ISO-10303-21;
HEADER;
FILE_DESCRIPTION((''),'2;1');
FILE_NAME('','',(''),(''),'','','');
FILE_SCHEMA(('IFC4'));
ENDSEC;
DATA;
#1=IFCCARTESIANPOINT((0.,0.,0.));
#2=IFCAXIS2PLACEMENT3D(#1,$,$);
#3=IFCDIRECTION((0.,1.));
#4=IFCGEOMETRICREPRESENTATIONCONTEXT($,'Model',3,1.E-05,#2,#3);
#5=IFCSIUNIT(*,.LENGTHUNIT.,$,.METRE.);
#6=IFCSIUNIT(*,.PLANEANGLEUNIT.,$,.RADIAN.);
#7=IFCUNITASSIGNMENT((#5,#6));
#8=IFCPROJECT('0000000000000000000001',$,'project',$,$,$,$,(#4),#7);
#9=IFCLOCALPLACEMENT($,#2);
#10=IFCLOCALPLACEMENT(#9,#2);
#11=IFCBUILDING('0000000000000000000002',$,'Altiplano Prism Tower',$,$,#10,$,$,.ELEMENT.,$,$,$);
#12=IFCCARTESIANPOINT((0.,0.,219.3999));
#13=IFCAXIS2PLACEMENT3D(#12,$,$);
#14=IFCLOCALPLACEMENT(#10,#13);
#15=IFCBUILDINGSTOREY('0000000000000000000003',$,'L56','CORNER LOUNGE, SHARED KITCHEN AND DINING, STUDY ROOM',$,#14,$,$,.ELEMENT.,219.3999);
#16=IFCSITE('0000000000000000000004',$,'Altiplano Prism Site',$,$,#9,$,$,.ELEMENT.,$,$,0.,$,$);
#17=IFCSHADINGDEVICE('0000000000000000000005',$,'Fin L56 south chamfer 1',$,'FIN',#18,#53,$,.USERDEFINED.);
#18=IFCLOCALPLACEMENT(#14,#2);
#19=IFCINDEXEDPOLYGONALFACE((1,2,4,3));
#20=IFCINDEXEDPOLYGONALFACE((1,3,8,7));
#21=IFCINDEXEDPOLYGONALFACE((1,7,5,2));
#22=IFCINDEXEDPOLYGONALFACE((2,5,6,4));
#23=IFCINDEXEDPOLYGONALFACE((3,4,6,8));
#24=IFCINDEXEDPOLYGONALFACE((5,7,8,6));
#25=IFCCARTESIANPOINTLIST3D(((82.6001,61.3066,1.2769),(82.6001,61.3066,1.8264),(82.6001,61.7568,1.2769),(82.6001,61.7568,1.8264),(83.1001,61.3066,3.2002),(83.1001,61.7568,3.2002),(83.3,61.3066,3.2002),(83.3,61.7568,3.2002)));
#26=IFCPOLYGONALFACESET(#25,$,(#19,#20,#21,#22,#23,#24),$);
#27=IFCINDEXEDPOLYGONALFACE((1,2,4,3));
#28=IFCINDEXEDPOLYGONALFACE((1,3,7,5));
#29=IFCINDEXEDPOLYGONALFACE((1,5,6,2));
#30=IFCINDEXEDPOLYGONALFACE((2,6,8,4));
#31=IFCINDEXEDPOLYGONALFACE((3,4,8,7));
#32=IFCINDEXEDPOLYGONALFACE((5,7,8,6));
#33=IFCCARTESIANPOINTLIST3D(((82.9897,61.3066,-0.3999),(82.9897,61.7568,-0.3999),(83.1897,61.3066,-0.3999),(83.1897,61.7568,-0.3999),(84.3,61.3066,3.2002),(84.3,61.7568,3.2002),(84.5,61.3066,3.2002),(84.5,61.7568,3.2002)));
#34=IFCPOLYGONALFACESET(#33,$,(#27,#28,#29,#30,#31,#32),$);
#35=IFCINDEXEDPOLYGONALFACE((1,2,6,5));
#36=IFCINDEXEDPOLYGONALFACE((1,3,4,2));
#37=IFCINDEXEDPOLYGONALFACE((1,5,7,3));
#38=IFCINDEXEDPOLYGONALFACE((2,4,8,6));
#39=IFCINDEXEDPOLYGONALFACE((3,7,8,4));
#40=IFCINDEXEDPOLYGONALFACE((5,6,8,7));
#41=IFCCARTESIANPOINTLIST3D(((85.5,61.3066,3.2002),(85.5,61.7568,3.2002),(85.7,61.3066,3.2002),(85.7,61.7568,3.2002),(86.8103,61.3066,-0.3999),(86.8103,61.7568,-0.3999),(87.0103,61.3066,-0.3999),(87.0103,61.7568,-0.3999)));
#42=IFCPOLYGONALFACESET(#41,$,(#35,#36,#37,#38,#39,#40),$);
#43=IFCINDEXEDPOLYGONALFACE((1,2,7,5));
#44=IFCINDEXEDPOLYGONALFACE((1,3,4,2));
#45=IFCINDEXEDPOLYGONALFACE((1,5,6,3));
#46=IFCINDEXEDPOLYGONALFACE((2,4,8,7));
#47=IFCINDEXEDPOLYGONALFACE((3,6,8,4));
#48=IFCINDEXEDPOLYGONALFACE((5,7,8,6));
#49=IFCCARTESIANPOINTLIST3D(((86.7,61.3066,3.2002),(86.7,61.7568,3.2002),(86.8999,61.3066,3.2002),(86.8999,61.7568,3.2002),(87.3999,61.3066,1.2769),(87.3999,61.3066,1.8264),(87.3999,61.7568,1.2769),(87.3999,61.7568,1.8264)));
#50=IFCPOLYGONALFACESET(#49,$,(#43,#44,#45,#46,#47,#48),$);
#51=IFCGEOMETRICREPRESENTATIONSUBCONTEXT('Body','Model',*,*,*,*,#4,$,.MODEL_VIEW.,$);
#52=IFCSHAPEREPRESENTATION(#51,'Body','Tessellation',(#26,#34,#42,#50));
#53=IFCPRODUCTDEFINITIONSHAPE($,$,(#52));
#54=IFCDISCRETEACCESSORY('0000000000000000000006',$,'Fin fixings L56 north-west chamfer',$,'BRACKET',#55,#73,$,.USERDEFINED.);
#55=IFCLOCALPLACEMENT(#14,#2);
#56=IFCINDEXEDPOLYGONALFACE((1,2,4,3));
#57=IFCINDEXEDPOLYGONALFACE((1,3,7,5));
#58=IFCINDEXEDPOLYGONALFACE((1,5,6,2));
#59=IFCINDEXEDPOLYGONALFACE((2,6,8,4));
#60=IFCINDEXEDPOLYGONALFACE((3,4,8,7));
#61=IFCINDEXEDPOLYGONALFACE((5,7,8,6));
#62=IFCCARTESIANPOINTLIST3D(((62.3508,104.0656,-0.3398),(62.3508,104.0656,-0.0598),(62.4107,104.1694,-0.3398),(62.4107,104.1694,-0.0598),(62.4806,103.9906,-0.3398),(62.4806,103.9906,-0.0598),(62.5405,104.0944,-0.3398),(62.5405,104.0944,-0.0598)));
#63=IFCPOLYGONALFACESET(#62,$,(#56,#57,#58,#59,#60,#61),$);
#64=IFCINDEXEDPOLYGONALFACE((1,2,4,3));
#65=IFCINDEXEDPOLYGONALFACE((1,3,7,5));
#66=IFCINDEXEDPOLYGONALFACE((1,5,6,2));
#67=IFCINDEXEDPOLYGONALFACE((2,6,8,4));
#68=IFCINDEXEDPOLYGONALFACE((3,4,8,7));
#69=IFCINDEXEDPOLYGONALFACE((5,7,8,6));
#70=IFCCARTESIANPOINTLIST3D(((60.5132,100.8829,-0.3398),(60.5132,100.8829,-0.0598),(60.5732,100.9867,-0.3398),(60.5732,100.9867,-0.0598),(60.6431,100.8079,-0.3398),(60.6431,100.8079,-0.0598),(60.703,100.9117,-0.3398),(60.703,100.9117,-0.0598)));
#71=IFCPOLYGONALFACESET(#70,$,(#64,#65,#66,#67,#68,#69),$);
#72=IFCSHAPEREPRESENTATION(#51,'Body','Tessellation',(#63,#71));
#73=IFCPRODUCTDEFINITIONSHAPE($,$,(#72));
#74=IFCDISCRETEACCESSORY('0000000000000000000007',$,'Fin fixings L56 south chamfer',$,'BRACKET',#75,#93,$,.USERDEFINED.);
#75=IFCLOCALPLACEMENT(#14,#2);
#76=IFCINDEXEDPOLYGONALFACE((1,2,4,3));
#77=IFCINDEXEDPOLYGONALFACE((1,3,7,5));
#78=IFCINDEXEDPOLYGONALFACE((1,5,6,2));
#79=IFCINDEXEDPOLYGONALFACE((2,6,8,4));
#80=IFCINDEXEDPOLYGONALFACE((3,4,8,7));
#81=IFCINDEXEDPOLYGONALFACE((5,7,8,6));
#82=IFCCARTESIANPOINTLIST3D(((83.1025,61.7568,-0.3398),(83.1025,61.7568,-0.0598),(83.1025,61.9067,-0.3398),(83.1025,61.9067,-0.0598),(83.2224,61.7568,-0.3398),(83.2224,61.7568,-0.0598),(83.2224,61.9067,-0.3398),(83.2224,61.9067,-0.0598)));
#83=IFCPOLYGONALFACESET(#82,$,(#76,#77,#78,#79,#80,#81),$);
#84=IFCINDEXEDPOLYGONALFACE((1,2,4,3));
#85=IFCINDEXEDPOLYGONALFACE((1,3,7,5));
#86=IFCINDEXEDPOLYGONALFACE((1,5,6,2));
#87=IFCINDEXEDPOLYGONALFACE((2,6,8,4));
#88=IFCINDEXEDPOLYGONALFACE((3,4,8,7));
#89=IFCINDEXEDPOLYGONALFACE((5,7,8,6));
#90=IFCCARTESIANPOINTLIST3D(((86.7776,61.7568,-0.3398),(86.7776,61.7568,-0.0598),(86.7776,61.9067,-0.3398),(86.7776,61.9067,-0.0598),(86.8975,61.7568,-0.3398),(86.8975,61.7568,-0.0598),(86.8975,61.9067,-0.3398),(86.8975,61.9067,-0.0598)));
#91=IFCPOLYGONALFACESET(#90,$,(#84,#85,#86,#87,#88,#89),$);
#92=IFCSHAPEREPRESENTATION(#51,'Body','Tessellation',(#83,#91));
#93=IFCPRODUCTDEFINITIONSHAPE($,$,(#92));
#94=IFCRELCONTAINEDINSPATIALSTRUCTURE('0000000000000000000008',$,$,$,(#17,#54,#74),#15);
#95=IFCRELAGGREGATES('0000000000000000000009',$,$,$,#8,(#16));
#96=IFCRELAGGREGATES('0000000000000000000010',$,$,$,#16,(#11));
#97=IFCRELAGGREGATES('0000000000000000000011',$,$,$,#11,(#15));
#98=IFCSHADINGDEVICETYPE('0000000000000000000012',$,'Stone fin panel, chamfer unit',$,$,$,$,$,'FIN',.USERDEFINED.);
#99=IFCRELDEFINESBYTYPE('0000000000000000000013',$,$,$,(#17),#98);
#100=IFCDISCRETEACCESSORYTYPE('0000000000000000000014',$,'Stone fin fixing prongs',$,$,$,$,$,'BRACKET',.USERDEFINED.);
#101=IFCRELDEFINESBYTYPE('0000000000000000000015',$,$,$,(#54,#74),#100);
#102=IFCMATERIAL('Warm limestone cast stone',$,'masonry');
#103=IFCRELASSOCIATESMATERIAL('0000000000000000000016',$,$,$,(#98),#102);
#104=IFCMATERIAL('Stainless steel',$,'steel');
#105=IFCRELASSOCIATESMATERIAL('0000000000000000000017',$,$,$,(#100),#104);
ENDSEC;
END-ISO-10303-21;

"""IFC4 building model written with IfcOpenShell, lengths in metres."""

from ifc_helpers import new_model, si_unit, direction, frame, origin, place, context, subcontext, project, spatial, polyline, outline, extrude, source, transform, mapped, material, type_object, element, save


model = new_model("IFC4")

# Units and contexts
model_context = context("Model", 3, precision=1e-05, world=origin(), true_north=direction((0.0, 1.0)))
body_context = subcontext(model_context, "Body", "Model", "MODEL_VIEW")
ifc_project = project(units=[si_unit("LENGTHUNIT", "METRE"), si_unit("PLANEANGLEUNIT", "RADIAN")], contexts=[model_context])

# Site, building, storey
site_placement = place(None, origin())
site = spatial("IfcSite", under=ifc_project, at=site_placement, Name="Altiplano Prism Site", CompositionType="ELEMENT", RefElevation=0.0)
building_placement = place(site_placement, origin())
building = spatial("IfcBuilding", under=site, at=building_placement, Name="Altiplano Prism Tower", CompositionType="ELEMENT")
storey_placement = place(building_placement, frame((0.0, 0.0, 219.3999)))
storey = spatial("IfcBuildingStorey", under=building, at=storey_placement, Name="L56", Description="CORNER LOUNGE, SHARED KITCHEN AND DINING, STUDY ROOM", CompositionType="ELEMENT", Elevation=219.3999)

# Shading device
ifc_material_1 = material(Name="Warm limestone cast stone", Category="masonry")
shading_device_type_1 = type_object("IfcShadingDeviceType", Name="Stone fin panel, chamfer unit", ElementType="FIN", PredefinedType="USERDEFINED", material=ifc_material_1)
shared_shape_1 = source(origin(), body_context, "Body", "SweptSolid", [
    extrude(outline(polyline([(-2.3999, 1.6768), (-1.7, 3.6001), (-1.8999, 3.6001), (-2.3999, 2.2263), (-2.3999, 1.6768)])), frame((0.0, -0.1499, 0.0), z_axis=(0.0, -1.0, 0.0), x_axis=(1.0, 0.0, 0.0)), (0.0, 0.0, 1.0), 0.4502),
    extrude(outline(polyline([(-2.0103, 0.0), (-1.8103, 0.0), (-0.5, 3.6001), (-0.7, 3.6001), (-2.0103, 0.0)])), frame((0.0, -0.1499, 0.0), z_axis=(0.0, -1.0, 0.0), x_axis=(1.0, 0.0, 0.0)), (0.0, 0.0, 1.0), 0.4502),
    extrude(outline(polyline([(1.8103, 0.0), (2.0103, 0.0), (0.7, 3.6001), (0.5, 3.6001), (1.8103, 0.0)])), frame((0.0, -0.1499, 0.0), z_axis=(0.0, -1.0, 0.0), x_axis=(1.0, 0.0, 0.0)), (0.0, 0.0, 1.0), 0.4502),
    extrude(outline(polyline([(2.3999, 2.2263), (1.8999, 3.6001), (1.7, 3.6001), (2.3999, 1.6768), (2.3999, 2.2263)])), frame((0.0, -0.1499, 0.0), z_axis=(0.0, -1.0, 0.0), x_axis=(1.0, 0.0, 0.0)), (0.0, 0.0, 1.0), 0.4502),
])
shading_device_1_placement = place(storey_placement, origin())
element("IfcShadingDevice", 1, at=shading_device_1_placement, inside=storey, type_object=shading_device_type_1, Name="Fin L56 south chamfer 1", ObjectType="FIN", PredefinedType="USERDEFINED", context=body_context, shape_type="MappedRepresentation", body=[
    mapped(shared_shape_1, transform((85.0, 61.9067, -0.3999), x_axis=(1.0, 0.0, 0.0), y_axis=(0.0, 1.0, 0.0), z_axis=(0.0, 0.0, 1.0))),
])

# Discrete accessories
ifc_material_2 = material(Name="Stainless steel", Category="steel")
discrete_accessory_type = type_object("IfcDiscreteAccessoryType", Name="Stone fin fixing prongs", ElementType="BRACKET", PredefinedType="USERDEFINED", material=ifc_material_2)
shared_shape_2 = source(origin(), body_context, "Body", "SweptSolid", [
    extrude(outline(polyline([(-1.8975, 0.0601), (-1.7776, 0.0601), (-1.7776, 0.3401), (-1.8975, 0.3401), (-1.8975, 0.0601)])), frame((0.0, 0.0, 0.0), z_axis=(0.0, -1.0, 0.0), x_axis=(1.0, 0.0, 0.0)), (0.0, 0.0, 1.0), 0.1499),
    extrude(outline(polyline([(1.7776, 0.0601), (1.8975, 0.0601), (1.8975, 0.3401), (1.7776, 0.3401), (1.7776, 0.0601)])), frame((0.0, 0.0, 0.0), z_axis=(0.0, -1.0, 0.0), x_axis=(1.0, 0.0, 0.0)), (0.0, 0.0, 1.0), 0.1499),
])
discrete_accessory_1_placement = place(storey_placement, origin())
element("IfcDiscreteAccessory", 2, at=discrete_accessory_1_placement, inside=storey, type_object=discrete_accessory_type, Name="Fin fixings L56 north-west chamfer", ObjectType="BRACKET", PredefinedType="USERDEFINED", context=body_context, shape_type="MappedRepresentation", body=[
    mapped(shared_shape_2, transform((61.5918, 102.4512, -0.3999), x_axis=(-0.5, -0.866025, 0.0), y_axis=(0.866025, -0.5, 0.0), z_axis=(0.0, 0.0, 1.0))),
])
discrete_accessory_2_placement = place(storey_placement, origin())
element("IfcDiscreteAccessory", 3, at=discrete_accessory_2_placement, inside=storey, type_object=discrete_accessory_type, Name="Fin fixings L56 south chamfer", ObjectType="BRACKET", PredefinedType="USERDEFINED", context=body_context, shape_type="MappedRepresentation", body=[
    mapped(shared_shape_2, transform((85.0, 61.9067, -0.3999), x_axis=(1.0, 0.0, 0.0), y_axis=(0.0, 1.0, 0.0), z_axis=(0.0, 0.0, 1.0))),
])

save(model, "model.ifc")
